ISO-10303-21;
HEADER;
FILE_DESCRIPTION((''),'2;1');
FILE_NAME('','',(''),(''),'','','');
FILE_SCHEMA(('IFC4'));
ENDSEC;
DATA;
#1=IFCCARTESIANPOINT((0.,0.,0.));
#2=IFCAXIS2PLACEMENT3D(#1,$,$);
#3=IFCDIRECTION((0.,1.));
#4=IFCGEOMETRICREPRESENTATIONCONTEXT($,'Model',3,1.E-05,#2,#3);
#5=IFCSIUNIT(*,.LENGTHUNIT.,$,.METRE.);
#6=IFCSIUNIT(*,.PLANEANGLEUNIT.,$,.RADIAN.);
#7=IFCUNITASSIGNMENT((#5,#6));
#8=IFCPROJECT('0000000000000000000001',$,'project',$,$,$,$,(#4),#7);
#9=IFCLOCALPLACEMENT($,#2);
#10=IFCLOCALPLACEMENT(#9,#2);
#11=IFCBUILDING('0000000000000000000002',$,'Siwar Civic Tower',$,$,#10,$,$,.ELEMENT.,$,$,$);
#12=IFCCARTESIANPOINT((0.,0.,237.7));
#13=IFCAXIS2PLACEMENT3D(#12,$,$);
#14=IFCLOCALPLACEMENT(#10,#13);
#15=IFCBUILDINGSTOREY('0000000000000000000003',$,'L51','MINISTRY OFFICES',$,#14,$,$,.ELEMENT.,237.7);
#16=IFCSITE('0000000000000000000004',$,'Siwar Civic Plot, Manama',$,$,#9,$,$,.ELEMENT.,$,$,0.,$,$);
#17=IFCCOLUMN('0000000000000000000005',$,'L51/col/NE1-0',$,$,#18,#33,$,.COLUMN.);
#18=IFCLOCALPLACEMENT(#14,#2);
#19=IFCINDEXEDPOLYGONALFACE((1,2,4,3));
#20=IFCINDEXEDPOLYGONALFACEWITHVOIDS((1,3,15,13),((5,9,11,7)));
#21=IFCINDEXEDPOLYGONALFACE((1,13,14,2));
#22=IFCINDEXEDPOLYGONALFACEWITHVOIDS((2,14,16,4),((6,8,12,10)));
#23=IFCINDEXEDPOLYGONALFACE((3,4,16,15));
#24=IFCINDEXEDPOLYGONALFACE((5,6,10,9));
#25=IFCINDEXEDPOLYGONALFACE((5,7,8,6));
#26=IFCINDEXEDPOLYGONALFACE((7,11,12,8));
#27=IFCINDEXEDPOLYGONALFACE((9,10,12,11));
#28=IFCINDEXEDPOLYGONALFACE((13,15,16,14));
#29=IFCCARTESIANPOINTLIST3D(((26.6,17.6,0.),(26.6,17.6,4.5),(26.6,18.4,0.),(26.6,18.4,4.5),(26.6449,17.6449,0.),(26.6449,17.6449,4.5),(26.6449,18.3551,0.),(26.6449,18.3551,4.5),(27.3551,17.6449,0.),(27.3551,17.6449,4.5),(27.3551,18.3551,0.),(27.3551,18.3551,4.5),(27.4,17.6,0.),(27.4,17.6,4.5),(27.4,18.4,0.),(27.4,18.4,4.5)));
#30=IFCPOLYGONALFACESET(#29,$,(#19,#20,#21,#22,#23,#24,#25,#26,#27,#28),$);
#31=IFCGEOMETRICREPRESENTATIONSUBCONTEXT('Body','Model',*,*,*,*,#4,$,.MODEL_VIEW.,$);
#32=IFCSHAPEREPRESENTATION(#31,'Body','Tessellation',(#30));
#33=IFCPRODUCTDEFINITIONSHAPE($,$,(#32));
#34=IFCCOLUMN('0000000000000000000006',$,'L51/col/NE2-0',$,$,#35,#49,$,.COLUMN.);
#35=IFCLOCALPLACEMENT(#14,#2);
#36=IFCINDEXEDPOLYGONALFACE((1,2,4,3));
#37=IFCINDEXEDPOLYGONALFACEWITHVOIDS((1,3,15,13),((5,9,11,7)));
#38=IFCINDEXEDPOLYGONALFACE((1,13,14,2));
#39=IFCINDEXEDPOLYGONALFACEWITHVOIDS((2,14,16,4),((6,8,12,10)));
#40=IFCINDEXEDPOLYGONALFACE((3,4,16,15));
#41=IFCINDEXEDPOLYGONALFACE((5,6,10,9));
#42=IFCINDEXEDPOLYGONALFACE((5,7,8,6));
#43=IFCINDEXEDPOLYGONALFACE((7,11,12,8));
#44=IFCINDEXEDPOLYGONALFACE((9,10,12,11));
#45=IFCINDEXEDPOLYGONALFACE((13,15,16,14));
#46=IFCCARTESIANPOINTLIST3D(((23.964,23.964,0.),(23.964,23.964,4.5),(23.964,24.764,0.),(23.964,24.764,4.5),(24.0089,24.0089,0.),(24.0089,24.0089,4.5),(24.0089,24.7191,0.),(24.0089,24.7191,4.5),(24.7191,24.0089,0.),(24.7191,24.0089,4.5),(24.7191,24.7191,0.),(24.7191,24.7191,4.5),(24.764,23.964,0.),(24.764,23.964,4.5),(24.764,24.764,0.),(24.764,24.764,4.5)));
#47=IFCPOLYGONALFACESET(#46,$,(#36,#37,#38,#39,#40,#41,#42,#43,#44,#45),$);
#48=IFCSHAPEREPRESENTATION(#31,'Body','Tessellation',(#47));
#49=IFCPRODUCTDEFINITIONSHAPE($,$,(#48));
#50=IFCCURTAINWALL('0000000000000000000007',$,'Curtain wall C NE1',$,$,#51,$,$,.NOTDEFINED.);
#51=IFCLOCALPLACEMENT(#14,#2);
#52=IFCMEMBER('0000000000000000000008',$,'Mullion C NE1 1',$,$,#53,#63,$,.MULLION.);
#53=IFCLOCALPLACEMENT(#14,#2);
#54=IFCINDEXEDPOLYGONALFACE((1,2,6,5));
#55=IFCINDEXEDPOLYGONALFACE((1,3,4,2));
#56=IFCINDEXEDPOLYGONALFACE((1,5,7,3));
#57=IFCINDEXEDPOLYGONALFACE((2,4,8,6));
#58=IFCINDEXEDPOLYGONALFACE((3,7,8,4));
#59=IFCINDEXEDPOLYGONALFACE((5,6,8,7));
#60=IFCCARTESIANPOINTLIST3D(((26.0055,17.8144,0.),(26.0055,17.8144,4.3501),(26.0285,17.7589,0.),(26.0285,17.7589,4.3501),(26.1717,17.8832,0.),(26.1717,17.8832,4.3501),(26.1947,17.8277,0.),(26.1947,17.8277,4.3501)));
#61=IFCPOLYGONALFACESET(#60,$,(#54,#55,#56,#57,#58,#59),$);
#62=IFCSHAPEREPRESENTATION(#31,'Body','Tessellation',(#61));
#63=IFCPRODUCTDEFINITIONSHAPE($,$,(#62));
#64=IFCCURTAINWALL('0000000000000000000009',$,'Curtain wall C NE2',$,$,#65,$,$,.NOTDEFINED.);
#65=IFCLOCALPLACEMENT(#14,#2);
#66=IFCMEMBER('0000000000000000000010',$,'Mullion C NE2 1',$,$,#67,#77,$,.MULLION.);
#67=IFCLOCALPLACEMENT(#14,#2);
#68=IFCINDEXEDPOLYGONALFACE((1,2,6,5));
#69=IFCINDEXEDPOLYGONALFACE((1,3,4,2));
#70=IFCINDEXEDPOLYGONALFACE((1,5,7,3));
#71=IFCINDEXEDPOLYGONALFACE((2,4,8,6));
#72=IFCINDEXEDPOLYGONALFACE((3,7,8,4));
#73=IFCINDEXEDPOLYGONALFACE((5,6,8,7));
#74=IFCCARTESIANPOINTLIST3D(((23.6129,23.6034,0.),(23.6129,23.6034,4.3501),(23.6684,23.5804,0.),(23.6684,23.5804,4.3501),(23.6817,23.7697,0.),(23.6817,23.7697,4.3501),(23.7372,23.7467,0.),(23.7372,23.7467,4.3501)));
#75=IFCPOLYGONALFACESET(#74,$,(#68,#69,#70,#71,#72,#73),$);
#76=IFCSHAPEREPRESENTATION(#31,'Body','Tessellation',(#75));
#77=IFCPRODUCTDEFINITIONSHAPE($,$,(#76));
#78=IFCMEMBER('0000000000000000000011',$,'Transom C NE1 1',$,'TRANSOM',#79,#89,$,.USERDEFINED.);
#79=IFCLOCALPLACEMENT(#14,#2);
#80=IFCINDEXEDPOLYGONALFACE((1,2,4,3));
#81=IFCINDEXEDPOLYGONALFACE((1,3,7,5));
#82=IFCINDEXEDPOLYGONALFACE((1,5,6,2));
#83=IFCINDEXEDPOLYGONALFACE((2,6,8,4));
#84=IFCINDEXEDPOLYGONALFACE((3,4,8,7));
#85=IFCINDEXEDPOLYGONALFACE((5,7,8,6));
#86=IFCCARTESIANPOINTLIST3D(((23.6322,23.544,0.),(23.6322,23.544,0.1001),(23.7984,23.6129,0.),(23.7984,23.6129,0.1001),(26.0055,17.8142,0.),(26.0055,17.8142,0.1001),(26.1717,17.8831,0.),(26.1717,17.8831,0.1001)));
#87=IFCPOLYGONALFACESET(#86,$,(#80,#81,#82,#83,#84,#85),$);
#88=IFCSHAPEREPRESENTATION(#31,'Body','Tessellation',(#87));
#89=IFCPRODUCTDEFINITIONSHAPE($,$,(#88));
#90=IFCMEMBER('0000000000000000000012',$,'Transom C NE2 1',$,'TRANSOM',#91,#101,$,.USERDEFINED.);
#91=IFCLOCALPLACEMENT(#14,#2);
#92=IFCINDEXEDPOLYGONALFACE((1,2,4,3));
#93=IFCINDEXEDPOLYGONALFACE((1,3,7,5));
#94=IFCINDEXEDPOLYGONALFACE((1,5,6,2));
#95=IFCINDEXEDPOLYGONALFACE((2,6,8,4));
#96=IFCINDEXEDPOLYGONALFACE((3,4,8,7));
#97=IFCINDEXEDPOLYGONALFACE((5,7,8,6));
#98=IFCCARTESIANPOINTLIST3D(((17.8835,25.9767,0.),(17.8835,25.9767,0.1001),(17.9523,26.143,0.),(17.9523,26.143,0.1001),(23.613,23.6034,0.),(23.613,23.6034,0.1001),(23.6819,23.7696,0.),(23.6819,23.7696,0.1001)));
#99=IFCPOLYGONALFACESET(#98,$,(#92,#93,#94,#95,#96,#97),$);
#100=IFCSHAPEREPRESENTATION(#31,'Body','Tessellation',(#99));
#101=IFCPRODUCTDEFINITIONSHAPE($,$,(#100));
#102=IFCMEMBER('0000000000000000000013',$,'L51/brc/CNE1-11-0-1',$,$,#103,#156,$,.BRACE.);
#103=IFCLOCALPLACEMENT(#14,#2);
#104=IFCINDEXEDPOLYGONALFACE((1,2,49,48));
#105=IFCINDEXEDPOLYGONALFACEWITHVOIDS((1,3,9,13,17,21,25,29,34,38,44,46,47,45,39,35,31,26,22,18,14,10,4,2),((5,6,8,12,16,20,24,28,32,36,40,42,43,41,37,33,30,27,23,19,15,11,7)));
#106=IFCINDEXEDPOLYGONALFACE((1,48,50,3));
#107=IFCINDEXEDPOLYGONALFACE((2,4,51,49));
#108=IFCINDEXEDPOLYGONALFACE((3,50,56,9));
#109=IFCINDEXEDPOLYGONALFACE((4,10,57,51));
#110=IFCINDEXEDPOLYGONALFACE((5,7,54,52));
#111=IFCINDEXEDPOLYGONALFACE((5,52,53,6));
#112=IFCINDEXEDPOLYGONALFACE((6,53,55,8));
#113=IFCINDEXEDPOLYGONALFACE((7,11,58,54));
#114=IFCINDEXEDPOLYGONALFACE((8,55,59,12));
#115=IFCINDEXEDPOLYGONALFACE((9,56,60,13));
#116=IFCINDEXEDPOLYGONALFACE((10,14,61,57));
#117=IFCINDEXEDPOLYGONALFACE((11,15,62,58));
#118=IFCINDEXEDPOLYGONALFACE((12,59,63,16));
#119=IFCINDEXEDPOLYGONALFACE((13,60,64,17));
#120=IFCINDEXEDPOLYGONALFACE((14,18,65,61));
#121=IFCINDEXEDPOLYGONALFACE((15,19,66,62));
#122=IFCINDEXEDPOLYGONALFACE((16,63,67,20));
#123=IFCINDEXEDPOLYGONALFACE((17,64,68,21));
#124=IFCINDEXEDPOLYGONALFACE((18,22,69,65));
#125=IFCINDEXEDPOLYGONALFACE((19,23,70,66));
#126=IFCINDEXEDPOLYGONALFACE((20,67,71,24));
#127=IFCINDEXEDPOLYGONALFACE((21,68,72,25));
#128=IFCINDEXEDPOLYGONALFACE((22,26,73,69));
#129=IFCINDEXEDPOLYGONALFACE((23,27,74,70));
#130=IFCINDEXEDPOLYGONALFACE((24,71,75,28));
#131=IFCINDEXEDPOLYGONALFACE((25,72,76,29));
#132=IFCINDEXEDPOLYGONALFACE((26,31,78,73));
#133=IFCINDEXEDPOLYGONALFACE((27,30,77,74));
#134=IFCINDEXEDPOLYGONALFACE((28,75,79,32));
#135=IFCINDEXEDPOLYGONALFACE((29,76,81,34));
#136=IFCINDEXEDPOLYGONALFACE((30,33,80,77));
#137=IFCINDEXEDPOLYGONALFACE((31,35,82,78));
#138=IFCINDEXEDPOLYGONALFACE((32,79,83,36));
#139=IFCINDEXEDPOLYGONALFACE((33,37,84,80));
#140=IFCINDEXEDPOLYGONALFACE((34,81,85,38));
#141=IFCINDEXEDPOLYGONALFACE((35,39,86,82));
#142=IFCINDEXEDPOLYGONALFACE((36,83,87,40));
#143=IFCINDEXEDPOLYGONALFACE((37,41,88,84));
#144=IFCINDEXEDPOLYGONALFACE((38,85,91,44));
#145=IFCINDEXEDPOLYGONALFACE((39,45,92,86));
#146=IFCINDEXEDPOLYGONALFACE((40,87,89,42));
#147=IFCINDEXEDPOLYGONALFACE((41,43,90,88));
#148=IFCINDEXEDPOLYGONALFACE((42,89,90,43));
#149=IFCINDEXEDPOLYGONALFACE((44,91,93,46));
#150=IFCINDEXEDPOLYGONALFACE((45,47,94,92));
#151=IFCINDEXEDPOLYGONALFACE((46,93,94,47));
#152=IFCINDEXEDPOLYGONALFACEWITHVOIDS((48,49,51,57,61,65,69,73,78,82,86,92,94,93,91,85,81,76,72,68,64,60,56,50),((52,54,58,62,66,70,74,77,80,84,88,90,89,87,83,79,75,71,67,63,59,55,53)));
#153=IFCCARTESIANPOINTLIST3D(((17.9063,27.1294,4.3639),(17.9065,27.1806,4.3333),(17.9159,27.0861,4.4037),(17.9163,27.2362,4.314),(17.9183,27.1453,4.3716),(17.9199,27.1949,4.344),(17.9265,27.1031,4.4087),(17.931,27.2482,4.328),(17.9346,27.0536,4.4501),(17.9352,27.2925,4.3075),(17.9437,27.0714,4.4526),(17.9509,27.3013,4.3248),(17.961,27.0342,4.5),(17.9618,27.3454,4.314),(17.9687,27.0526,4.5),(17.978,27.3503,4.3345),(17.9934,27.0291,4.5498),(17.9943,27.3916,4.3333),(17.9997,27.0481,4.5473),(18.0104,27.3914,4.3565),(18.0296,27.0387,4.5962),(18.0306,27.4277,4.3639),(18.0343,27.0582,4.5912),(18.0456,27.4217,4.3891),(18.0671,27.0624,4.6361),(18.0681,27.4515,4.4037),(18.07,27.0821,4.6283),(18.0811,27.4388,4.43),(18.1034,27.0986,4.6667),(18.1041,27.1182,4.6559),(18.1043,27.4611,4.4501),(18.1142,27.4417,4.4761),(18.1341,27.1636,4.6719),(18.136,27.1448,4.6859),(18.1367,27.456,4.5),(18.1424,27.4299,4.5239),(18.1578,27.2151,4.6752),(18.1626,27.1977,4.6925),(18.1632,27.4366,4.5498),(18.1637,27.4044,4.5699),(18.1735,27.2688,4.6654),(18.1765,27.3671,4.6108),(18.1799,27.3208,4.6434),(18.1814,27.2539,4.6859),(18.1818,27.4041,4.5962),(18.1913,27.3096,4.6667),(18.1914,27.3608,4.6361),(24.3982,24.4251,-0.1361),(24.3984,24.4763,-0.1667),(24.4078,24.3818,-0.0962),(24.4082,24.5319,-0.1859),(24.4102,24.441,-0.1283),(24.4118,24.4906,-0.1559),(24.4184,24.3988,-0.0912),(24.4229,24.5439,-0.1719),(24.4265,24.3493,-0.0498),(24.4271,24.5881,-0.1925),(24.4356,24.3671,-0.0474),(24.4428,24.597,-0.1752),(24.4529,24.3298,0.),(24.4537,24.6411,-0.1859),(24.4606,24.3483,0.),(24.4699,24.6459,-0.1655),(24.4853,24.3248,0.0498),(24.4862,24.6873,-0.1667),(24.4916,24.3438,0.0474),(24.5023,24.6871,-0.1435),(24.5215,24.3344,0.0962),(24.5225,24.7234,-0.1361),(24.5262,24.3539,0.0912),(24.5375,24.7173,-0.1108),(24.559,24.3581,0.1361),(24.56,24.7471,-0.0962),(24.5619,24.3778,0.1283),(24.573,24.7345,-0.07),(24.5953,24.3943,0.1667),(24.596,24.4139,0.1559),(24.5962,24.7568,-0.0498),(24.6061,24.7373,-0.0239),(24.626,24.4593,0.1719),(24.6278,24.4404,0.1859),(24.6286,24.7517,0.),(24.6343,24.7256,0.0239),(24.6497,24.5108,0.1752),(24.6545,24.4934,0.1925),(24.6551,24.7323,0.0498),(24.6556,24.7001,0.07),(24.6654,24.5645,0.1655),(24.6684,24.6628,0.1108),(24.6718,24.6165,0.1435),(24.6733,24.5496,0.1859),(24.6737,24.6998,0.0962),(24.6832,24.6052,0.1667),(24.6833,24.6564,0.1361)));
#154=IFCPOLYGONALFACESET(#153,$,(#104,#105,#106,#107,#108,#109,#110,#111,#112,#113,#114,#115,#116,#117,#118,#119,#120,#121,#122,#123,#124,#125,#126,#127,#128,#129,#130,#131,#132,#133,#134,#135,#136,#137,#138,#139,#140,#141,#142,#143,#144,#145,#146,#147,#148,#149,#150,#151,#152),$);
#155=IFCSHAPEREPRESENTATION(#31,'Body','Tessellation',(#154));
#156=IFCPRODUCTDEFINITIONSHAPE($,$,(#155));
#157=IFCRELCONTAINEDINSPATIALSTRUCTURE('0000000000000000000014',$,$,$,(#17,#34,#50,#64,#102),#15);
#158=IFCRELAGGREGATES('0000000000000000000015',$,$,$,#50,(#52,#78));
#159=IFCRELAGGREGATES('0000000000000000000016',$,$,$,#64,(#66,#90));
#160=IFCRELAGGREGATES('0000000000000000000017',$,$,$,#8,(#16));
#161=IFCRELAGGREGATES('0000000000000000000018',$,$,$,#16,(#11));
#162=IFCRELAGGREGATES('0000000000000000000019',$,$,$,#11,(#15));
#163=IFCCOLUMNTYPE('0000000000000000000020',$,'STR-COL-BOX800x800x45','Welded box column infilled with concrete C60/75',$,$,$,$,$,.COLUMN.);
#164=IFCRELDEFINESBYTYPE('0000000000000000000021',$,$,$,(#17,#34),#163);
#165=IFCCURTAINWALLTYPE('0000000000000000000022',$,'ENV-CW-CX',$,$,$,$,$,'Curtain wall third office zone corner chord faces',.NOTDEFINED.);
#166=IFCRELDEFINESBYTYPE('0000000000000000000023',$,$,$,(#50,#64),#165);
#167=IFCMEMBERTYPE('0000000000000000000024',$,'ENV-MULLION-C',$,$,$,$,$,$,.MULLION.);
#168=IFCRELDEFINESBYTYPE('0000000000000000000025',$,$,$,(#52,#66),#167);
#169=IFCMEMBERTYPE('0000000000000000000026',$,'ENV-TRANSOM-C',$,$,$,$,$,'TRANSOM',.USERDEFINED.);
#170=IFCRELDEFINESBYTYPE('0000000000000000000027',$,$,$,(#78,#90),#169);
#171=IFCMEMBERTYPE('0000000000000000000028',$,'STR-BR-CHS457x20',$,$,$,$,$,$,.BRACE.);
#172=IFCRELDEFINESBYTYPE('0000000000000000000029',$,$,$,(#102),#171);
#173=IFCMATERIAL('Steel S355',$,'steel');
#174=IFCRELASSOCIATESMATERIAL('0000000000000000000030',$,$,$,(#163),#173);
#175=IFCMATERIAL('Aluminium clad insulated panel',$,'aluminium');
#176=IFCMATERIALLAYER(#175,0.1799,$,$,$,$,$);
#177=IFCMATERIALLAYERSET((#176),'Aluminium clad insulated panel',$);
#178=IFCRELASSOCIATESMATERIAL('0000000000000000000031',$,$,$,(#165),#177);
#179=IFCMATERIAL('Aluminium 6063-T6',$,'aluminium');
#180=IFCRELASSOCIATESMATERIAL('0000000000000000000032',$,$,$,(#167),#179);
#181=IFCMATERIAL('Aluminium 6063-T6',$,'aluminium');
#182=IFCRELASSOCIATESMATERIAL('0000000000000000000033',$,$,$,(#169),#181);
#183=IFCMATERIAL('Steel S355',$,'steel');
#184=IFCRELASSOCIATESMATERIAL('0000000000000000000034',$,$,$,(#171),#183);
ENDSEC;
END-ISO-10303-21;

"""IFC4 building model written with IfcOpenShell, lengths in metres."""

from ifc_helpers import new_model, si_unit, direction, frame, origin, origin_2d, place, context, subcontext, project, spatial, rectangle, hollow_rectangle, hollow_circle, extrude, material, layer, layer_set, material_profile, profile_set, type_object, element, aggregate, save


model = new_model("IFC4")

# Units and contexts
model_context = context("Model", 3, precision=1e-05, world=origin(), true_north=direction((0.0, 1.0)))
body_context = subcontext(model_context, "Body", "Model", "MODEL_VIEW")
ifc_project = project(units=[si_unit("LENGTHUNIT", "METRE"), si_unit("PLANEANGLEUNIT", "RADIAN")], contexts=[model_context])

# Site, building, storey
site_placement = place(None, origin())
site = spatial("IfcSite", under=ifc_project, at=site_placement, Name="Siwar Civic Plot, Manama", CompositionType="ELEMENT", RefElevation=0.0)
building_placement = place(site_placement, origin())
building = spatial("IfcBuilding", under=site, at=building_placement, Name="Siwar Civic Tower", CompositionType="ELEMENT")
storey_placement = place(building_placement, frame((0.0, 0.0, 237.7)))
storey = spatial("IfcBuildingStorey", under=building, at=storey_placement, Name="L51", Description="MINISTRY OFFICES", CompositionType="ELEMENT", Elevation=237.7)

# Columns
ifc_material_1 = material(Name="Steel S355", Category="steel")
ifc_material_profile_1 = material_profile(ifc_material_1, hollow_rectangle(XDim=0.8, YDim=0.8, WallThickness=0.0449, at=origin_2d()), Name="BOX800x800x45")
ifc_profile_set_1 = profile_set([ifc_material_profile_1], Name="Steel S355")
column_type = type_object("IfcColumnType", Name="STR-COL-BOX800x800x45", Description="Welded box column infilled with concrete C60/75", PredefinedType="COLUMN", material=ifc_profile_set_1)
for number, where, z_axis, x_axis, name in (
    (1, (27.0, 18.0, 0.0), (0.0, 0.0, 1.0), (1.0, 0.0, 0.0), "L51/col/NE1-0"),
    (2, (24.364, 24.364, 0.0), (0.0, 0.0, 1.0), (1.0, 0.0, 0.0), "L51/col/NE2-0"),
):
    element("IfcColumn", number, at=place(storey_placement, frame(where, z_axis=z_axis, x_axis=x_axis)), inside=storey, type_object=column_type, Name=name, PredefinedType="COLUMN", context=body_context, shape_type="SweptSolid", body=[
        extrude(hollow_rectangle(XDim=0.8, YDim=0.8, WallThickness=0.0449, at=origin_2d()), origin(), (0.0, 0.0, 1.0), 4.5),
    ])

# Curtain walls, members
ifc_material_2 = material(Name="Aluminium clad insulated panel", Category="aluminium")
ifc_layer_1 = layer(ifc_material_2, 0.1799)
ifc_layer_set_1 = layer_set([ifc_layer_1], Name="Aluminium clad insulated panel")
curtain_wall_type = type_object("IfcCurtainWallType", Name="ENV-CW-CX", ElementType="Curtain wall third office zone corner chord faces", PredefinedType="NOTDEFINED", material=ifc_layer_set_1)
curtain_wall_1_placement = place(storey_placement, origin())
curtain_wall_1 = element("IfcCurtainWall", 3, at=curtain_wall_1_placement, inside=storey, type_object=curtain_wall_type, Name="Curtain wall C NE1", PredefinedType="NOTDEFINED")
ifc_material_3 = material(Name="Aluminium 6063-T6", Category="aluminium")
ifc_material_profile_2 = material_profile(ifc_material_3, rectangle(XDim=0.1799, YDim=0.0601, at=origin_2d()), Name="AL 180x60")
ifc_profile_set_2 = profile_set([ifc_material_profile_2], Name="Aluminium 6063-T6")
member_type_1 = type_object("IfcMemberType", Name="ENV-MULLION-C", PredefinedType="MULLION", material=ifc_profile_set_2)
member_1_placement = place(storey_placement, frame((26.1001, 17.821, 0.0), z_axis=(0.0, 0.0, 1.0), x_axis=(-0.92388, -0.382683, 0.0)))
member_1 = element("IfcMember", 4, at=member_1_placement, type_object=member_type_1, Name="Mullion C NE1 1", PredefinedType="MULLION", context=body_context, shape_type="SweptSolid", body=[
    extrude(rectangle(XDim=0.1799, YDim=0.0601, at=origin_2d()), origin(), (0.0, 0.0, 1.0), 4.3501),
])
curtain_wall_2_placement = place(storey_placement, origin())
curtain_wall_2 = element("IfcCurtainWall", 5, at=curtain_wall_2_placement, inside=storey, type_object=curtain_wall_type, Name="Curtain wall C NE2", PredefinedType="NOTDEFINED")
member_2_placement = place(storey_placement, frame((23.675, 23.675, 0.0), z_axis=(0.0, 0.0, 1.0), x_axis=(-0.382683, -0.92388, 0.0)))
member_2 = element("IfcMember", 6, at=member_2_placement, type_object=member_type_1, Name="Mullion C NE2 1", PredefinedType="MULLION", context=body_context, shape_type="SweptSolid", body=[
    extrude(rectangle(XDim=0.1799, YDim=0.0601, at=origin_2d()), origin(), (0.0, 0.0, 1.0), 4.3501),
])

# Members
ifc_material_4 = material(Name="Aluminium 6063-T6", Category="aluminium")
ifc_material_profile_3 = material_profile(ifc_material_4, rectangle(XDim=0.1799, YDim=0.1001, at=origin_2d()), Name="AL 180x100")
ifc_profile_set_3 = profile_set([ifc_material_profile_3], Name="Aluminium 6063-T6")
member_type_2 = type_object("IfcMemberType", Name="ENV-TRANSOM-C", ElementType="TRANSOM", PredefinedType="USERDEFINED", material=ifc_profile_set_3)
member_3_placement = place(storey_placement, frame((26.0886, 17.8486, 0.05), z_axis=(-0.382677, 0.923882, 0.0), x_axis=(-0.923882, -0.382677, 0.0)))
member_3 = element("IfcMember", 7, at=member_3_placement, type_object=member_type_2, Name="Transom C NE1 1", ObjectType="TRANSOM", PredefinedType="USERDEFINED", context=body_context, shape_type="SweptSolid", body=[
    extrude(rectangle(XDim=0.1799, YDim=0.1001, at=origin_2d()), origin(), (0.0, 0.0, 1.0), 6.2019),
])
member_4_placement = place(storey_placement, frame((23.6475, 23.6865, 0.05), z_axis=(-0.923876, 0.382691, 0.0), x_axis=(-0.382691, -0.923876, 0.0)))
member_4 = element("IfcMember", 8, at=member_4_placement, type_object=member_type_2, Name="Transom C NE2 1", ObjectType="TRANSOM", PredefinedType="USERDEFINED", context=body_context, shape_type="SweptSolid", body=[
    extrude(rectangle(XDim=0.1799, YDim=0.1001, at=origin_2d()), origin(), (0.0, 0.0, 1.0), 6.2017),
])

# Member
ifc_material_5 = material(Name="Steel S355", Category="steel")
ifc_material_profile_4 = material_profile(ifc_material_5, hollow_circle(Radius=0.2285, WallThickness=0.02, at=origin_2d()), Name="CHS457x20")
ifc_profile_set_4 = profile_set([ifc_material_profile_4], Name="Steel S355")
member_type_3 = type_object("IfcMemberType", Name="STR-BR-CHS457x20", PredefinedType="BRACE", material=ifc_profile_set_4)
member_5_placement = place(storey_placement, frame((24.5408, 24.5408, 0.0), z_axis=(-0.777555, 0.323906, 0.538975), x_axis=(-0.384539, -0.923109, 0.0)))
element("IfcMember", 9, at=member_5_placement, inside=storey, type_object=member_type_3, Name="L51/brc/CNE1-11-0-1", PredefinedType="BRACE", context=body_context, shape_type="SweptSolid", body=[
    extrude(hollow_circle(Radius=0.2285, WallThickness=0.02, at=origin_2d()), origin(), (0.0, 0.0, 1.0), 8.3491),
])

aggregate(curtain_wall_1, [member_1, member_3])
aggregate(curtain_wall_2, [member_2, member_4])

save(model, "model.ifc")
